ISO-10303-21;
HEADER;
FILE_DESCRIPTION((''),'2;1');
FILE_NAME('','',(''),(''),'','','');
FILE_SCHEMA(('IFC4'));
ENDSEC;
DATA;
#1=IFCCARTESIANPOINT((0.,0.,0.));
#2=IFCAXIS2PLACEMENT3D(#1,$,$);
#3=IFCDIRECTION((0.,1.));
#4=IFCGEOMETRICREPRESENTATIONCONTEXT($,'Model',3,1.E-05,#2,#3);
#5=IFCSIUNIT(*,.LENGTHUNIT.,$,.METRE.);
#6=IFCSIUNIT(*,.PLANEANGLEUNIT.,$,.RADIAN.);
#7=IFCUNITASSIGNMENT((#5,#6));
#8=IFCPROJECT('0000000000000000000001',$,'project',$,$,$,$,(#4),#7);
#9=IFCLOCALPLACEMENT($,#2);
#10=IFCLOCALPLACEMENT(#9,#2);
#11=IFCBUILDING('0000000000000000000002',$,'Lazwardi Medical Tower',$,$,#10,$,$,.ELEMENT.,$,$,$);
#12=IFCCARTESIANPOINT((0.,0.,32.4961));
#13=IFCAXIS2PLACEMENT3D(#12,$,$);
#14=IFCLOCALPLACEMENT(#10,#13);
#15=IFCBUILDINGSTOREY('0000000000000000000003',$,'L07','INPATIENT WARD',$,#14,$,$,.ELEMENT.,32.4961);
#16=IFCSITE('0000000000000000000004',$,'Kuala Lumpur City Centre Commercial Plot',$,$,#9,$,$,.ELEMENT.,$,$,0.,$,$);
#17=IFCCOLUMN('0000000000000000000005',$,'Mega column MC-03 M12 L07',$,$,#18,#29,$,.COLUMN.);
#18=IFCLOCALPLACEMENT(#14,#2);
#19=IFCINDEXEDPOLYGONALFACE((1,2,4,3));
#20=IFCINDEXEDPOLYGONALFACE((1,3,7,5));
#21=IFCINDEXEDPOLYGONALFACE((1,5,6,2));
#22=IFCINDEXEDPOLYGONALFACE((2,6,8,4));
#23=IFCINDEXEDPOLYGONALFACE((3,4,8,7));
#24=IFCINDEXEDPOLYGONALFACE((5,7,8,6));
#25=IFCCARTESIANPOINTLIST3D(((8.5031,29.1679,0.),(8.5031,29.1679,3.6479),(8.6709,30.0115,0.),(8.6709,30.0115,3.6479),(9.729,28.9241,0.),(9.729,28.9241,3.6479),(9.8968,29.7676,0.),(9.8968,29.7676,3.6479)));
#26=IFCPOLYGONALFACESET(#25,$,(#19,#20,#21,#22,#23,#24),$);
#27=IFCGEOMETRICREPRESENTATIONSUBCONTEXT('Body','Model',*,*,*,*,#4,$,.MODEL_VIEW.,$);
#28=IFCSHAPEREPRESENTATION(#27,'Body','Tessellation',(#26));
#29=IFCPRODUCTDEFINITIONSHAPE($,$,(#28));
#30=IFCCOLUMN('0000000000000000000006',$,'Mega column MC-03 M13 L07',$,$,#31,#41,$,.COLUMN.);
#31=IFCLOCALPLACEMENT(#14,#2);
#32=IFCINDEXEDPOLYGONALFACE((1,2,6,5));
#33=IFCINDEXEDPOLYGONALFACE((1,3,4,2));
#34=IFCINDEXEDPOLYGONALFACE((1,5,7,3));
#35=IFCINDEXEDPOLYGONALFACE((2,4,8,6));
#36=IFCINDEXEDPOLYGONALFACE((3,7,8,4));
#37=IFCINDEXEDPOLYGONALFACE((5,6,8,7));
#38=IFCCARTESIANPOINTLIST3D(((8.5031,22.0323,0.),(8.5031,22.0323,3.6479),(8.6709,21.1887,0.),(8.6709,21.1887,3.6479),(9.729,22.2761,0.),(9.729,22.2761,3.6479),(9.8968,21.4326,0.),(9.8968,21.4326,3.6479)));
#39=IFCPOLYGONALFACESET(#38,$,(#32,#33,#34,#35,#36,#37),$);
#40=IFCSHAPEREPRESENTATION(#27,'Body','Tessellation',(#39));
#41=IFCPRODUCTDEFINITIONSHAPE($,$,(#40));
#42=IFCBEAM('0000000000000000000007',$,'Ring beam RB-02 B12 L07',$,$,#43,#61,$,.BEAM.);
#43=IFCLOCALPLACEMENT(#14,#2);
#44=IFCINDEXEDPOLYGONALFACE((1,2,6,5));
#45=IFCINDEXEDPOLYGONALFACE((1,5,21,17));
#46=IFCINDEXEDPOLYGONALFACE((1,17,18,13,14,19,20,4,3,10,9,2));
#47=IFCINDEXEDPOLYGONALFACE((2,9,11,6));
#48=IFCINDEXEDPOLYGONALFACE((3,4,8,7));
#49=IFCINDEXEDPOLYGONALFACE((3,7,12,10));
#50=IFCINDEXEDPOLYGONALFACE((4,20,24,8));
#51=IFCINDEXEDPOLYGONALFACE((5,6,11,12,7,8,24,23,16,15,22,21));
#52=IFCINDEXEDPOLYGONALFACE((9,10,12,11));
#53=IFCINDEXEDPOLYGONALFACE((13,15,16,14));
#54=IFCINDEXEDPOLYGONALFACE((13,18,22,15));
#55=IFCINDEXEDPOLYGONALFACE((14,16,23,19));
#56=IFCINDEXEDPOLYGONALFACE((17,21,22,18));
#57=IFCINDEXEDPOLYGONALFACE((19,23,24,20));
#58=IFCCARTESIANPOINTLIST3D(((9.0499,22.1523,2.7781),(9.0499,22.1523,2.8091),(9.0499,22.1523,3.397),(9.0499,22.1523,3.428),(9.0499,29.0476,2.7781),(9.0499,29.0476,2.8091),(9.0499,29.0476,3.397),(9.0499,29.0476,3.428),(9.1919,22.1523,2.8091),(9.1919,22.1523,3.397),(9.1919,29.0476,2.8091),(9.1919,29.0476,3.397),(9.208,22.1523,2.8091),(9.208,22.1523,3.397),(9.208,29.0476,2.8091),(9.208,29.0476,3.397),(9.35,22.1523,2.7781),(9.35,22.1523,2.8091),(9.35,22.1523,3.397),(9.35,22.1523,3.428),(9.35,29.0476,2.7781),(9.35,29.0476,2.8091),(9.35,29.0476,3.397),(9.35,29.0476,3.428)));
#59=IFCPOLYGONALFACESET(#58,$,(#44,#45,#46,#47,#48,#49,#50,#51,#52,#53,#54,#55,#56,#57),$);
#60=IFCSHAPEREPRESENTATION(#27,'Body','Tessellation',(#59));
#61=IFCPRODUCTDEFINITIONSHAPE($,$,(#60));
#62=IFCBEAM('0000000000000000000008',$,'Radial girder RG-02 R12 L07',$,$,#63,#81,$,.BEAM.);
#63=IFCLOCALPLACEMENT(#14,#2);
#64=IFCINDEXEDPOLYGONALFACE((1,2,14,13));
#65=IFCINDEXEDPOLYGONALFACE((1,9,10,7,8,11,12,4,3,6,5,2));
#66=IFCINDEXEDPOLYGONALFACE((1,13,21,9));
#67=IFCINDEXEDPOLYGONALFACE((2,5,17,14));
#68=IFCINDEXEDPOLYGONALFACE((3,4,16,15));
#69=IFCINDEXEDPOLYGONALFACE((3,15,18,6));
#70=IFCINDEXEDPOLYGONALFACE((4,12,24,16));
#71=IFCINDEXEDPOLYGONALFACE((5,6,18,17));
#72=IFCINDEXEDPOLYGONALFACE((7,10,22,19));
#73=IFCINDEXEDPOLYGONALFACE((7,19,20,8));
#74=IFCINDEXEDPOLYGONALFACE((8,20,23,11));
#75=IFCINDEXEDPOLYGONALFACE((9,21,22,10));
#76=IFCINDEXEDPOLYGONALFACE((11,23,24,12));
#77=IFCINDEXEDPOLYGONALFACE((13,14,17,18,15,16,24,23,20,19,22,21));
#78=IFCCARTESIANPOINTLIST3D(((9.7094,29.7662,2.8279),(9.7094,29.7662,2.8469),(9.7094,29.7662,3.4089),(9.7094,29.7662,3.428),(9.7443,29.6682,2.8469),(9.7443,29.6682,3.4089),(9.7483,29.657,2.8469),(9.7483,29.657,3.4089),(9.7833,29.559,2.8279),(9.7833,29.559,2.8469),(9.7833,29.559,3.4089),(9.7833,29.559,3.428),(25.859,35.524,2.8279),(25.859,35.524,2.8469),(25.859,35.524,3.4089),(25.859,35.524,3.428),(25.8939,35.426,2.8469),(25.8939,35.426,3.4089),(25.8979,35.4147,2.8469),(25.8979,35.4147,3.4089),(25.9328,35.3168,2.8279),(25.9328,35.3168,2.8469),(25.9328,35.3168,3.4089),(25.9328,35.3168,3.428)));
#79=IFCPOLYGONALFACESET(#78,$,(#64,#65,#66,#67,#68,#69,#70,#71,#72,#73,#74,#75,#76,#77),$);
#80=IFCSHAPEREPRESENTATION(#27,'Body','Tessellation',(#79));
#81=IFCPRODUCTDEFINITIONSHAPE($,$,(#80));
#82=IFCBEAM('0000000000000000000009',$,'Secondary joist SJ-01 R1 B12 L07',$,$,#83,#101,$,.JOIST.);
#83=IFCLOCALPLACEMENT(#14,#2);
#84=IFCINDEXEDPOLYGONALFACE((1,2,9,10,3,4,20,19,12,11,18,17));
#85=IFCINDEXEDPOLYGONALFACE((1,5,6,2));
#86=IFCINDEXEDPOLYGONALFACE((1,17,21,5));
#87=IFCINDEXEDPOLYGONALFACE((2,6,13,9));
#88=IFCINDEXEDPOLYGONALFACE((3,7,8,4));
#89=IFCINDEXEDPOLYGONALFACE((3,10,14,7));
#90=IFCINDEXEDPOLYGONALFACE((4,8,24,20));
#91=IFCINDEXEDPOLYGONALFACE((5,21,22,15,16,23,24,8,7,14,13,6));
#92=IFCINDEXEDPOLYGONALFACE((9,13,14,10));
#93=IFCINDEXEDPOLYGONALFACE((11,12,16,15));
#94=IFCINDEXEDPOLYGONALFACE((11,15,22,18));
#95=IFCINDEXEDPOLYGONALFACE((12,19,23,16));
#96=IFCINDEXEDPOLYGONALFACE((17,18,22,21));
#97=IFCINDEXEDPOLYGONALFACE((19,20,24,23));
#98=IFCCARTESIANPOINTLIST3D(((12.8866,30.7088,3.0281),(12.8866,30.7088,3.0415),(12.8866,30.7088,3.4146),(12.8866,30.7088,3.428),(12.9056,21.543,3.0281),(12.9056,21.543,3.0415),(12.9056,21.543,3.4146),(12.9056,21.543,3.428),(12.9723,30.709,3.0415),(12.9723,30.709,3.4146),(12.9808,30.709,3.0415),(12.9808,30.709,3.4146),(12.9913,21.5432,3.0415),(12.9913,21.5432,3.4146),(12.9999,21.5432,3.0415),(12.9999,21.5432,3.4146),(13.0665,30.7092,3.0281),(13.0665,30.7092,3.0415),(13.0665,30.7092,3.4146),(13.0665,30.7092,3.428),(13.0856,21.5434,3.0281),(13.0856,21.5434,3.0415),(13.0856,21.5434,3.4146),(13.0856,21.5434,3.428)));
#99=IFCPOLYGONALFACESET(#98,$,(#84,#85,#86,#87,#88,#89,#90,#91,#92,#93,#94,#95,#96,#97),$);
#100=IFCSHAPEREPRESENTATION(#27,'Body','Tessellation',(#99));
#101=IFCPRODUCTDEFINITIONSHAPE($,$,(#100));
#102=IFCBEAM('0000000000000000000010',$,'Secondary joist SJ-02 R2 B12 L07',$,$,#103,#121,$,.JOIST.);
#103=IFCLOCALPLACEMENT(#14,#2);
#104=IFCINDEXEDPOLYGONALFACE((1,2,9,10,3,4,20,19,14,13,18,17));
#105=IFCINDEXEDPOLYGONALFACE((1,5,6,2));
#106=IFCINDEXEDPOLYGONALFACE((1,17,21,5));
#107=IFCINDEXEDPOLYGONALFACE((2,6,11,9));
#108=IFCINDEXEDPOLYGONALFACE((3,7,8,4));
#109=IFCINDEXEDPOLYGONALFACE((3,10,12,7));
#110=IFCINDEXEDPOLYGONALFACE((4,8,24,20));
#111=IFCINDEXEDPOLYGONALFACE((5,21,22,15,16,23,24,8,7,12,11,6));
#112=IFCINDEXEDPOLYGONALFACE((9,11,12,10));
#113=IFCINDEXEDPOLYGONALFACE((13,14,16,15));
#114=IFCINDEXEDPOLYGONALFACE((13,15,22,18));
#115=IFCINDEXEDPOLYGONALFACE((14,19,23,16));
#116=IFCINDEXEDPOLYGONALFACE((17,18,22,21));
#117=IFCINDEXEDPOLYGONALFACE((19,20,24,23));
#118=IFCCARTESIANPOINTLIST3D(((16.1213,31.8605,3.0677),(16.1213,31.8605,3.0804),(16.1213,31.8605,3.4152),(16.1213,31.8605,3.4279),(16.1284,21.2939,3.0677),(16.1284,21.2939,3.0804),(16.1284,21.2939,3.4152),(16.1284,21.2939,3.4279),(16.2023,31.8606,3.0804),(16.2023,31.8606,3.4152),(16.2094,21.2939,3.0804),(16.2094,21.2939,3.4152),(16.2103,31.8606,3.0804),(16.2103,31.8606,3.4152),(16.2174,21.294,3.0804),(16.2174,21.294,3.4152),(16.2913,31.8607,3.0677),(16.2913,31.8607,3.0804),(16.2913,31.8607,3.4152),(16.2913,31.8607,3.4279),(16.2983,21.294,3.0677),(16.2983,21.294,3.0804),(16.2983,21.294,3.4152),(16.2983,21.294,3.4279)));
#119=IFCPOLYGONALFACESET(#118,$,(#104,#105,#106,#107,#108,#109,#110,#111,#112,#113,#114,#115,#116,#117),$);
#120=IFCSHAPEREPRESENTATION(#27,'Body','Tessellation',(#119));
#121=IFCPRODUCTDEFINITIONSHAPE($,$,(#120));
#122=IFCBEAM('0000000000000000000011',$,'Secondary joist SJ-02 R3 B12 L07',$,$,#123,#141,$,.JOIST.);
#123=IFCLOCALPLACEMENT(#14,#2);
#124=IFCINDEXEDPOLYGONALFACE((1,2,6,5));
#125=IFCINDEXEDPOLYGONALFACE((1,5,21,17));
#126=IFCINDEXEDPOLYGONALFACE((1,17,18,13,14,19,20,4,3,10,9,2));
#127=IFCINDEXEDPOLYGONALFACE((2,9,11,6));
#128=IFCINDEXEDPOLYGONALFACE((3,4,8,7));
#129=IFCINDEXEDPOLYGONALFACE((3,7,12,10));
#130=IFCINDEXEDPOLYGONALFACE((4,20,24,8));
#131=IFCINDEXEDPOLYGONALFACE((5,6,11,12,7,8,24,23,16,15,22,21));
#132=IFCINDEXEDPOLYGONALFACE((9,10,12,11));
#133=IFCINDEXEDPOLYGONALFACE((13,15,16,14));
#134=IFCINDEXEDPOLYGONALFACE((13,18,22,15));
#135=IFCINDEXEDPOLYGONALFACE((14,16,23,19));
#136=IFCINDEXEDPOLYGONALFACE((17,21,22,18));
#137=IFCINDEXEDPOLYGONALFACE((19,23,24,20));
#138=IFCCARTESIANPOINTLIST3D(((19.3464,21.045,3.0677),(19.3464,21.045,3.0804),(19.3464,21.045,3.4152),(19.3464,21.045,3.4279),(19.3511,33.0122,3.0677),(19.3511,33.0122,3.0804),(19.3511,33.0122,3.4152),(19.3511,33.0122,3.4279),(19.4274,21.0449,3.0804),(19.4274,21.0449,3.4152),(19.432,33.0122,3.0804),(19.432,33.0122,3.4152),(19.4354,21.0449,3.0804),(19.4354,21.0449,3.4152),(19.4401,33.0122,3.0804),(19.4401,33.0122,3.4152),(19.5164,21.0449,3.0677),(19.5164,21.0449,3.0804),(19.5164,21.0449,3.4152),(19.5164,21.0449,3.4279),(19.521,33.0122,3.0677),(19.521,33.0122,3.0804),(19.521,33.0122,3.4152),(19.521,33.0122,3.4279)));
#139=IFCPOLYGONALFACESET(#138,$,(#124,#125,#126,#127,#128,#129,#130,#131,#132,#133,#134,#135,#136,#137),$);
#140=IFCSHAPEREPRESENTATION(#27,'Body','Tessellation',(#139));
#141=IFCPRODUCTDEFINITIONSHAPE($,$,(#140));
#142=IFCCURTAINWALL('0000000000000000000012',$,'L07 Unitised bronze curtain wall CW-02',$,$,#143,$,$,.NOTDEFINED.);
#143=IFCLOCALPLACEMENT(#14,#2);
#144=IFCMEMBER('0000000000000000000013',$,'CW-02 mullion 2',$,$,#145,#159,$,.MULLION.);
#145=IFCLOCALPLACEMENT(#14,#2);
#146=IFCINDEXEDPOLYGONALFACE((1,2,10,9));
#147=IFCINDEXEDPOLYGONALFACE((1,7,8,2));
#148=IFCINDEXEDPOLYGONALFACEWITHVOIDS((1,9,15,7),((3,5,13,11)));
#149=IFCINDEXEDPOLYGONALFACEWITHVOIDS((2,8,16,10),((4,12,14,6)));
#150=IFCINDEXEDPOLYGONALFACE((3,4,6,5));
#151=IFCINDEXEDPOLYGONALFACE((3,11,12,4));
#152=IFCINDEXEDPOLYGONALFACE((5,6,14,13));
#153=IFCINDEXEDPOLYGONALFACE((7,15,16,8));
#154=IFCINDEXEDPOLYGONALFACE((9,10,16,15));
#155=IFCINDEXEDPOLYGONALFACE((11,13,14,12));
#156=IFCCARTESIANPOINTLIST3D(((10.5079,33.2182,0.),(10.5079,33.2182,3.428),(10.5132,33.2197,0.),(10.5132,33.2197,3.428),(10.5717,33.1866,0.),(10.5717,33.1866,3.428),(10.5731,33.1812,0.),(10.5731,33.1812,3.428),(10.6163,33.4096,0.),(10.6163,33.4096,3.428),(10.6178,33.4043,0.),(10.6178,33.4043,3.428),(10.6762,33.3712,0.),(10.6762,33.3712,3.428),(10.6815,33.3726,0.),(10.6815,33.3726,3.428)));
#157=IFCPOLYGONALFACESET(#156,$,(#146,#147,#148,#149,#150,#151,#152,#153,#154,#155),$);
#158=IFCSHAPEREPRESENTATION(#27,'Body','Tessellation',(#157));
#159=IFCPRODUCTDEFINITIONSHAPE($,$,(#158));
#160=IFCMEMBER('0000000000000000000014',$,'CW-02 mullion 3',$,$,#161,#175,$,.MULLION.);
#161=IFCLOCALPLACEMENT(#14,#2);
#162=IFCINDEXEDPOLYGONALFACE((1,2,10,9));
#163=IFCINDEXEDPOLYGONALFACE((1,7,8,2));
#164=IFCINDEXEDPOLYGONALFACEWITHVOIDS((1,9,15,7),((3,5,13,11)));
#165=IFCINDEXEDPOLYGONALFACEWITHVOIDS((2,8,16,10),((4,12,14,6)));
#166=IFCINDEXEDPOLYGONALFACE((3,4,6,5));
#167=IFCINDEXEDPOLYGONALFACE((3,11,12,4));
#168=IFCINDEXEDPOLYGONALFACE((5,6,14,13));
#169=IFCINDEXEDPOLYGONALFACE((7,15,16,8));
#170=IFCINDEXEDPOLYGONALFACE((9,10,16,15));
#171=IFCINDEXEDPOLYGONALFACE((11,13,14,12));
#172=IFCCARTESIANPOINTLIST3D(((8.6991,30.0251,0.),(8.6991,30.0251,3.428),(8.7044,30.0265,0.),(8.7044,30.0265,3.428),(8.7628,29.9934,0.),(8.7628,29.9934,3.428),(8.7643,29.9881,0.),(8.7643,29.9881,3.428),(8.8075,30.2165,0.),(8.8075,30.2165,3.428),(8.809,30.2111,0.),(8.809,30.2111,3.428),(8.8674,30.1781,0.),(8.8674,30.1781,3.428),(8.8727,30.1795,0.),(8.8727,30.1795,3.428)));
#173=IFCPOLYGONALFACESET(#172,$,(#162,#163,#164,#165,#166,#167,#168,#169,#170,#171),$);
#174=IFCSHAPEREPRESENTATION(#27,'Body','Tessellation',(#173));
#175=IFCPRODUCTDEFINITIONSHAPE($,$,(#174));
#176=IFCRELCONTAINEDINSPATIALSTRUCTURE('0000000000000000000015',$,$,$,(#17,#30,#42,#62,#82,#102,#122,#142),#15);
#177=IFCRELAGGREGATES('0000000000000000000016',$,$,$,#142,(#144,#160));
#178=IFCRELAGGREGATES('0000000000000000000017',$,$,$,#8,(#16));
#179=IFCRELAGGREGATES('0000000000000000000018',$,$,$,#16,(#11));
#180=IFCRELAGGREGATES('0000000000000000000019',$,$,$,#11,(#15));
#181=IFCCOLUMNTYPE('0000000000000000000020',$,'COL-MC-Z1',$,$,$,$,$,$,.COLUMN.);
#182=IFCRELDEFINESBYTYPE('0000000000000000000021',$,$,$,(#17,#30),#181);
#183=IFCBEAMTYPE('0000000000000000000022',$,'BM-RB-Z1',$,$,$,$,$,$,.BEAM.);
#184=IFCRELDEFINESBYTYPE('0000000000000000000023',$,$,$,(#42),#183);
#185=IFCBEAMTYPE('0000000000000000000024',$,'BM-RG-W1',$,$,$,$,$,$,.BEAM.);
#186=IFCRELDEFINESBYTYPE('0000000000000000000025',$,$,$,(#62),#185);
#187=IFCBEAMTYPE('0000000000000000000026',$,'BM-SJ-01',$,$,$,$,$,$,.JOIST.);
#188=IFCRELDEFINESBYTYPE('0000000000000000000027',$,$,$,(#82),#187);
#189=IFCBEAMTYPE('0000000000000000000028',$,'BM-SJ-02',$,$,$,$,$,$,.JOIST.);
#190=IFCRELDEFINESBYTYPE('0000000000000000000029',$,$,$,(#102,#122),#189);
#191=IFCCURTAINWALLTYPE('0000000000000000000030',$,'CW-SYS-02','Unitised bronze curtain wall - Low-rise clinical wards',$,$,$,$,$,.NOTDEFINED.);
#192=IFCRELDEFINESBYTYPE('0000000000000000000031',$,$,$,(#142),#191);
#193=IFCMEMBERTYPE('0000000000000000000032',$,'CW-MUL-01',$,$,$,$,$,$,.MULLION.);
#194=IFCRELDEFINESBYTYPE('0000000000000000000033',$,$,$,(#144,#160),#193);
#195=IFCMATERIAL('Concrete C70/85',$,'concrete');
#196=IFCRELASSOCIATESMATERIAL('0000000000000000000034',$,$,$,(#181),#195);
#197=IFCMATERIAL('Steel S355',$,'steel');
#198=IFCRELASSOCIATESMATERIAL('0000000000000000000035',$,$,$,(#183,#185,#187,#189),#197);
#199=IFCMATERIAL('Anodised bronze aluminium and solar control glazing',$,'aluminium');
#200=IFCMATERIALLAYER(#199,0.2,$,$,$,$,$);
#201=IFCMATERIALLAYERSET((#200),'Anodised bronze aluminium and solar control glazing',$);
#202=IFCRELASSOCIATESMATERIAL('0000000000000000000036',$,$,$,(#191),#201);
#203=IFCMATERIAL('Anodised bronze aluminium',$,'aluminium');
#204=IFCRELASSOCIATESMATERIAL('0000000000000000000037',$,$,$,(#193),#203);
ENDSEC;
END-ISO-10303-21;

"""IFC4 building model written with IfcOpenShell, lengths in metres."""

from ifc_helpers import new_model, si_unit, direction, frame, origin, origin_2d, place, context, subcontext, project, spatial, rectangle, hollow_rectangle, i_section, extrude, material, layer, layer_set, material_profile, profile_set, type_object, element, aggregate, save


model = new_model("IFC4")

# Units and contexts
model_context = context("Model", 3, precision=1e-05, world=origin(), true_north=direction((0.0, 1.0)))
body_context = subcontext(model_context, "Body", "Model", "MODEL_VIEW")
ifc_project = project(units=[si_unit("LENGTHUNIT", "METRE"), si_unit("PLANEANGLEUNIT", "RADIAN")], contexts=[model_context])

# Site, building, storey
site_placement = place(None, origin())
site = spatial("IfcSite", under=ifc_project, at=site_placement, Name="Kuala Lumpur City Centre Commercial Plot", CompositionType="ELEMENT", RefElevation=0.0)
building_placement = place(site_placement, origin())
building = spatial("IfcBuilding", under=site, at=building_placement, Name="Lazwardi Medical Tower", CompositionType="ELEMENT")
storey_placement = place(building_placement, frame((0.0, 0.0, 32.4961)))
storey = spatial("IfcBuildingStorey", under=building, at=storey_placement, Name="L07", Description="INPATIENT WARD", CompositionType="ELEMENT", Elevation=32.4961)

# Columns
ifc_material_1 = material(Name="Concrete C70/85", Category="concrete")
ifc_material_profile_1 = material_profile(ifc_material_1, rectangle(XDim=1.25, YDim=0.8601, at=origin_2d()), Name="CFT-RECT 1250x860")
ifc_profile_set_1 = profile_set([ifc_material_profile_1], Name="Concrete C70/85")
column_type = type_object("IfcColumnType", Name="COL-MC-Z1", PredefinedType="COLUMN", material=ifc_profile_set_1)
for number, where, z_axis, x_axis, name in (
    (1, (9.2, 29.4678, 0.0), (0.0, 0.0, 1.0), (-0.980785, 0.19509, 0.0), "Mega column MC-03 M12 L07"),
    (2, (9.2, 21.7324, 0.0), (0.0, 0.0, 1.0), (-0.980785, -0.19509, 0.0), "Mega column MC-03 M13 L07"),
):
    element("IfcColumn", number, at=place(storey_placement, frame(where, z_axis=z_axis, x_axis=x_axis)), inside=storey, type_object=column_type, Name=name, PredefinedType="COLUMN", context=body_context, shape_type="SweptSolid", body=[
        extrude(rectangle(XDim=1.25, YDim=0.8601, at=origin_2d()), origin(), (0.0, 0.0, 1.0), 3.6479),
    ])

# Beams
ifc_material_2 = material(Name="Steel S355", Category="steel")
ifc_material_profile_2 = material_profile(ifc_material_2, i_section(OverallWidth=0.3, OverallDepth=0.6499, WebThickness=0.0161, FlangeThickness=0.031, at=origin_2d()), Name="HEB 650")
ifc_profile_set_2 = profile_set([ifc_material_profile_2], Name="Steel S355")
beam_type_1 = type_object("IfcBeamType", Name="BM-RB-Z1", PredefinedType="BEAM", material=ifc_profile_set_2)
beam_1_placement = place(storey_placement, frame((9.2, 29.0476, 3.103), z_axis=(0.0, -1.0, 0.0), x_axis=(1.0, 0.0, 0.0)))
element("IfcBeam", 3, at=beam_1_placement, inside=storey, type_object=beam_type_1, Name="Ring beam RB-02 B12 L07", PredefinedType="BEAM", context=body_context, shape_type="SweptSolid", body=[
    extrude(i_section(OverallWidth=0.3, OverallDepth=0.6499, WebThickness=0.0161, FlangeThickness=0.031, at=origin_2d()), origin(), (0.0, 0.0, 1.0), 6.8953),
])
ifc_material_profile_3 = material_profile(ifc_material_2, i_section(OverallWidth=0.22, OverallDepth=0.6001, WebThickness=0.012, FlangeThickness=0.019, at=origin_2d()), Name="IPE 600")
ifc_profile_set_3 = profile_set([ifc_material_profile_3], Name="Steel S355")
beam_type_2 = type_object("IfcBeamType", Name="BM-RG-W1", PredefinedType="BEAM", material=ifc_profile_set_3)
beam_2_placement = place(storey_placement, frame((9.7463, 29.6626, 3.1279), z_axis=(0.941925, 0.335823, 0.0), x_axis=(-0.335823, 0.941925, 0.0)))
element("IfcBeam", 4, at=beam_2_placement, inside=storey, type_object=beam_type_2, Name="Radial girder RG-02 R12 L07", PredefinedType="BEAM", context=body_context, shape_type="SweptSolid", body=[
    extrude(i_section(OverallWidth=0.22, OverallDepth=0.6001, WebThickness=0.012, FlangeThickness=0.019, at=origin_2d()), origin(), (0.0, 0.0, 1.0), 17.1453),
])
ifc_material_profile_4 = material_profile(ifc_material_2, i_section(OverallWidth=0.1799, OverallDepth=0.3999, WebThickness=0.0085, FlangeThickness=0.0134, at=origin_2d()), Name="IPE 400")
ifc_profile_set_4 = profile_set([ifc_material_profile_4], Name="Steel S355")
beam_type_3 = type_object("IfcBeamType", Name="BM-SJ-01", PredefinedType="JOIST", material=ifc_profile_set_4)
beam_3_placement = place(storey_placement, frame((12.9766, 30.709, 3.228), z_axis=(0.002078, -0.999998, 0.0), x_axis=(0.999998, 0.002078, 0.0)))
element("IfcBeam", 5, at=beam_3_placement, inside=storey, type_object=beam_type_3, Name="Secondary joist SJ-01 R1 B12 L07", PredefinedType="JOIST", context=body_context, shape_type="SweptSolid", body=[
    extrude(i_section(OverallWidth=0.1799, OverallDepth=0.3999, WebThickness=0.0085, FlangeThickness=0.0134, at=origin_2d()), origin(), (0.0, 0.0, 1.0), 9.1658),
])
ifc_material_profile_5 = material_profile(ifc_material_2, i_section(OverallWidth=0.1699, OverallDepth=0.3601, WebThickness=0.0081, FlangeThickness=0.0127, at=origin_2d()), Name="IPE 360")
ifc_profile_set_5 = profile_set([ifc_material_profile_5], Name="Steel S355")
beam_type_4 = type_object("IfcBeamType", Name="BM-SJ-02", PredefinedType="JOIST", material=ifc_profile_set_5)
beam_4_placement = place(storey_placement, frame((16.2063, 31.8606, 3.2478), z_axis=(0.00067, -1.0, 0.0), x_axis=(1.0, 0.00067, 0.0)))
element("IfcBeam", 6, at=beam_4_placement, inside=storey, type_object=beam_type_4, Name="Secondary joist SJ-02 R2 B12 L07", PredefinedType="JOIST", context=body_context, shape_type="SweptSolid", body=[
    extrude(i_section(OverallWidth=0.1699, OverallDepth=0.3601, WebThickness=0.0081, FlangeThickness=0.0127, at=origin_2d()), origin(), (0.0, 0.0, 1.0), 10.5667),
])
beam_5_placement = place(storey_placement, frame((19.436, 33.0122, 3.2478), z_axis=(-0.000388, -1.0, 0.0), x_axis=(1.0, -0.000388, 0.0)))
element("IfcBeam", 7, at=beam_5_placement, inside=storey, type_object=beam_type_4, Name="Secondary joist SJ-02 R3 B12 L07", PredefinedType="JOIST", context=body_context, shape_type="SweptSolid", body=[
    extrude(i_section(OverallWidth=0.1699, OverallDepth=0.3601, WebThickness=0.0081, FlangeThickness=0.0127, at=origin_2d()), origin(), (0.0, 0.0, 1.0), 11.9673),
])

# Curtain wall, members
ifc_material_3 = material(Name="Anodised bronze aluminium and solar control glazing", Category="aluminium")
ifc_layer_1 = layer(ifc_material_3, 0.2)
ifc_layer_set_1 = layer_set([ifc_layer_1], Name="Anodised bronze aluminium and solar control glazing")
curtain_wall_type = type_object("IfcCurtainWallType", Name="CW-SYS-02", Description="Unitised bronze curtain wall - Low-rise clinical wards", PredefinedType="NOTDEFINED", material=ifc_layer_set_1)
curtain_wall_1_placement = place(storey_placement, origin())
curtain_wall_1 = element("IfcCurtainWall", 8, at=curtain_wall_1_placement, inside=storey, type_object=curtain_wall_type, Name="L07 Unitised bronze curtain wall CW-02", PredefinedType="NOTDEFINED")
ifc_material_4 = material(Name="Anodised bronze aluminium", Category="aluminium")
ifc_material_profile_6 = material_profile(ifc_material_4, hollow_rectangle(XDim=0.075, YDim=0.22, WallThickness=0.0039, at=origin_2d()), Name="ALU-MULLION 220x75x4")
ifc_profile_set_6 = profile_set([ifc_material_profile_6], Name="Anodised bronze aluminium")
member_type_1 = type_object("IfcMemberType", Name="CW-MUL-01", PredefinedType="MULLION", material=ifc_profile_set_6)
member_1_placement = place(storey_placement, frame((10.5947, 33.2954, 0.0), z_axis=(0.0, 0.0, 1.0), x_axis=(0.870112, -0.492854, 0.0)))
member_1 = element("IfcMember", 9, at=member_1_placement, type_object=member_type_1, Name="CW-02 mullion 2", PredefinedType="MULLION", context=body_context, shape_type="SweptSolid", body=[
    extrude(hollow_rectangle(XDim=0.075, YDim=0.22, WallThickness=0.0039, at=origin_2d()), origin(), (0.0, 0.0, 1.0), 3.428),
])
member_2_placement = place(storey_placement, frame((8.7859, 30.1023, 0.0), z_axis=(0.0, 0.0, 1.0), x_axis=(0.870112, -0.492854, 0.0)))
member_2 = element("IfcMember", 10, at=member_2_placement, type_object=member_type_1, Name="CW-02 mullion 3", PredefinedType="MULLION", context=body_context, shape_type="SweptSolid", body=[
    extrude(hollow_rectangle(XDim=0.075, YDim=0.22, WallThickness=0.0039, at=origin_2d()), origin(), (0.0, 0.0, 1.0), 3.428),
])

aggregate(curtain_wall_1, [member_1, member_2])

save(model, "model.ifc")
